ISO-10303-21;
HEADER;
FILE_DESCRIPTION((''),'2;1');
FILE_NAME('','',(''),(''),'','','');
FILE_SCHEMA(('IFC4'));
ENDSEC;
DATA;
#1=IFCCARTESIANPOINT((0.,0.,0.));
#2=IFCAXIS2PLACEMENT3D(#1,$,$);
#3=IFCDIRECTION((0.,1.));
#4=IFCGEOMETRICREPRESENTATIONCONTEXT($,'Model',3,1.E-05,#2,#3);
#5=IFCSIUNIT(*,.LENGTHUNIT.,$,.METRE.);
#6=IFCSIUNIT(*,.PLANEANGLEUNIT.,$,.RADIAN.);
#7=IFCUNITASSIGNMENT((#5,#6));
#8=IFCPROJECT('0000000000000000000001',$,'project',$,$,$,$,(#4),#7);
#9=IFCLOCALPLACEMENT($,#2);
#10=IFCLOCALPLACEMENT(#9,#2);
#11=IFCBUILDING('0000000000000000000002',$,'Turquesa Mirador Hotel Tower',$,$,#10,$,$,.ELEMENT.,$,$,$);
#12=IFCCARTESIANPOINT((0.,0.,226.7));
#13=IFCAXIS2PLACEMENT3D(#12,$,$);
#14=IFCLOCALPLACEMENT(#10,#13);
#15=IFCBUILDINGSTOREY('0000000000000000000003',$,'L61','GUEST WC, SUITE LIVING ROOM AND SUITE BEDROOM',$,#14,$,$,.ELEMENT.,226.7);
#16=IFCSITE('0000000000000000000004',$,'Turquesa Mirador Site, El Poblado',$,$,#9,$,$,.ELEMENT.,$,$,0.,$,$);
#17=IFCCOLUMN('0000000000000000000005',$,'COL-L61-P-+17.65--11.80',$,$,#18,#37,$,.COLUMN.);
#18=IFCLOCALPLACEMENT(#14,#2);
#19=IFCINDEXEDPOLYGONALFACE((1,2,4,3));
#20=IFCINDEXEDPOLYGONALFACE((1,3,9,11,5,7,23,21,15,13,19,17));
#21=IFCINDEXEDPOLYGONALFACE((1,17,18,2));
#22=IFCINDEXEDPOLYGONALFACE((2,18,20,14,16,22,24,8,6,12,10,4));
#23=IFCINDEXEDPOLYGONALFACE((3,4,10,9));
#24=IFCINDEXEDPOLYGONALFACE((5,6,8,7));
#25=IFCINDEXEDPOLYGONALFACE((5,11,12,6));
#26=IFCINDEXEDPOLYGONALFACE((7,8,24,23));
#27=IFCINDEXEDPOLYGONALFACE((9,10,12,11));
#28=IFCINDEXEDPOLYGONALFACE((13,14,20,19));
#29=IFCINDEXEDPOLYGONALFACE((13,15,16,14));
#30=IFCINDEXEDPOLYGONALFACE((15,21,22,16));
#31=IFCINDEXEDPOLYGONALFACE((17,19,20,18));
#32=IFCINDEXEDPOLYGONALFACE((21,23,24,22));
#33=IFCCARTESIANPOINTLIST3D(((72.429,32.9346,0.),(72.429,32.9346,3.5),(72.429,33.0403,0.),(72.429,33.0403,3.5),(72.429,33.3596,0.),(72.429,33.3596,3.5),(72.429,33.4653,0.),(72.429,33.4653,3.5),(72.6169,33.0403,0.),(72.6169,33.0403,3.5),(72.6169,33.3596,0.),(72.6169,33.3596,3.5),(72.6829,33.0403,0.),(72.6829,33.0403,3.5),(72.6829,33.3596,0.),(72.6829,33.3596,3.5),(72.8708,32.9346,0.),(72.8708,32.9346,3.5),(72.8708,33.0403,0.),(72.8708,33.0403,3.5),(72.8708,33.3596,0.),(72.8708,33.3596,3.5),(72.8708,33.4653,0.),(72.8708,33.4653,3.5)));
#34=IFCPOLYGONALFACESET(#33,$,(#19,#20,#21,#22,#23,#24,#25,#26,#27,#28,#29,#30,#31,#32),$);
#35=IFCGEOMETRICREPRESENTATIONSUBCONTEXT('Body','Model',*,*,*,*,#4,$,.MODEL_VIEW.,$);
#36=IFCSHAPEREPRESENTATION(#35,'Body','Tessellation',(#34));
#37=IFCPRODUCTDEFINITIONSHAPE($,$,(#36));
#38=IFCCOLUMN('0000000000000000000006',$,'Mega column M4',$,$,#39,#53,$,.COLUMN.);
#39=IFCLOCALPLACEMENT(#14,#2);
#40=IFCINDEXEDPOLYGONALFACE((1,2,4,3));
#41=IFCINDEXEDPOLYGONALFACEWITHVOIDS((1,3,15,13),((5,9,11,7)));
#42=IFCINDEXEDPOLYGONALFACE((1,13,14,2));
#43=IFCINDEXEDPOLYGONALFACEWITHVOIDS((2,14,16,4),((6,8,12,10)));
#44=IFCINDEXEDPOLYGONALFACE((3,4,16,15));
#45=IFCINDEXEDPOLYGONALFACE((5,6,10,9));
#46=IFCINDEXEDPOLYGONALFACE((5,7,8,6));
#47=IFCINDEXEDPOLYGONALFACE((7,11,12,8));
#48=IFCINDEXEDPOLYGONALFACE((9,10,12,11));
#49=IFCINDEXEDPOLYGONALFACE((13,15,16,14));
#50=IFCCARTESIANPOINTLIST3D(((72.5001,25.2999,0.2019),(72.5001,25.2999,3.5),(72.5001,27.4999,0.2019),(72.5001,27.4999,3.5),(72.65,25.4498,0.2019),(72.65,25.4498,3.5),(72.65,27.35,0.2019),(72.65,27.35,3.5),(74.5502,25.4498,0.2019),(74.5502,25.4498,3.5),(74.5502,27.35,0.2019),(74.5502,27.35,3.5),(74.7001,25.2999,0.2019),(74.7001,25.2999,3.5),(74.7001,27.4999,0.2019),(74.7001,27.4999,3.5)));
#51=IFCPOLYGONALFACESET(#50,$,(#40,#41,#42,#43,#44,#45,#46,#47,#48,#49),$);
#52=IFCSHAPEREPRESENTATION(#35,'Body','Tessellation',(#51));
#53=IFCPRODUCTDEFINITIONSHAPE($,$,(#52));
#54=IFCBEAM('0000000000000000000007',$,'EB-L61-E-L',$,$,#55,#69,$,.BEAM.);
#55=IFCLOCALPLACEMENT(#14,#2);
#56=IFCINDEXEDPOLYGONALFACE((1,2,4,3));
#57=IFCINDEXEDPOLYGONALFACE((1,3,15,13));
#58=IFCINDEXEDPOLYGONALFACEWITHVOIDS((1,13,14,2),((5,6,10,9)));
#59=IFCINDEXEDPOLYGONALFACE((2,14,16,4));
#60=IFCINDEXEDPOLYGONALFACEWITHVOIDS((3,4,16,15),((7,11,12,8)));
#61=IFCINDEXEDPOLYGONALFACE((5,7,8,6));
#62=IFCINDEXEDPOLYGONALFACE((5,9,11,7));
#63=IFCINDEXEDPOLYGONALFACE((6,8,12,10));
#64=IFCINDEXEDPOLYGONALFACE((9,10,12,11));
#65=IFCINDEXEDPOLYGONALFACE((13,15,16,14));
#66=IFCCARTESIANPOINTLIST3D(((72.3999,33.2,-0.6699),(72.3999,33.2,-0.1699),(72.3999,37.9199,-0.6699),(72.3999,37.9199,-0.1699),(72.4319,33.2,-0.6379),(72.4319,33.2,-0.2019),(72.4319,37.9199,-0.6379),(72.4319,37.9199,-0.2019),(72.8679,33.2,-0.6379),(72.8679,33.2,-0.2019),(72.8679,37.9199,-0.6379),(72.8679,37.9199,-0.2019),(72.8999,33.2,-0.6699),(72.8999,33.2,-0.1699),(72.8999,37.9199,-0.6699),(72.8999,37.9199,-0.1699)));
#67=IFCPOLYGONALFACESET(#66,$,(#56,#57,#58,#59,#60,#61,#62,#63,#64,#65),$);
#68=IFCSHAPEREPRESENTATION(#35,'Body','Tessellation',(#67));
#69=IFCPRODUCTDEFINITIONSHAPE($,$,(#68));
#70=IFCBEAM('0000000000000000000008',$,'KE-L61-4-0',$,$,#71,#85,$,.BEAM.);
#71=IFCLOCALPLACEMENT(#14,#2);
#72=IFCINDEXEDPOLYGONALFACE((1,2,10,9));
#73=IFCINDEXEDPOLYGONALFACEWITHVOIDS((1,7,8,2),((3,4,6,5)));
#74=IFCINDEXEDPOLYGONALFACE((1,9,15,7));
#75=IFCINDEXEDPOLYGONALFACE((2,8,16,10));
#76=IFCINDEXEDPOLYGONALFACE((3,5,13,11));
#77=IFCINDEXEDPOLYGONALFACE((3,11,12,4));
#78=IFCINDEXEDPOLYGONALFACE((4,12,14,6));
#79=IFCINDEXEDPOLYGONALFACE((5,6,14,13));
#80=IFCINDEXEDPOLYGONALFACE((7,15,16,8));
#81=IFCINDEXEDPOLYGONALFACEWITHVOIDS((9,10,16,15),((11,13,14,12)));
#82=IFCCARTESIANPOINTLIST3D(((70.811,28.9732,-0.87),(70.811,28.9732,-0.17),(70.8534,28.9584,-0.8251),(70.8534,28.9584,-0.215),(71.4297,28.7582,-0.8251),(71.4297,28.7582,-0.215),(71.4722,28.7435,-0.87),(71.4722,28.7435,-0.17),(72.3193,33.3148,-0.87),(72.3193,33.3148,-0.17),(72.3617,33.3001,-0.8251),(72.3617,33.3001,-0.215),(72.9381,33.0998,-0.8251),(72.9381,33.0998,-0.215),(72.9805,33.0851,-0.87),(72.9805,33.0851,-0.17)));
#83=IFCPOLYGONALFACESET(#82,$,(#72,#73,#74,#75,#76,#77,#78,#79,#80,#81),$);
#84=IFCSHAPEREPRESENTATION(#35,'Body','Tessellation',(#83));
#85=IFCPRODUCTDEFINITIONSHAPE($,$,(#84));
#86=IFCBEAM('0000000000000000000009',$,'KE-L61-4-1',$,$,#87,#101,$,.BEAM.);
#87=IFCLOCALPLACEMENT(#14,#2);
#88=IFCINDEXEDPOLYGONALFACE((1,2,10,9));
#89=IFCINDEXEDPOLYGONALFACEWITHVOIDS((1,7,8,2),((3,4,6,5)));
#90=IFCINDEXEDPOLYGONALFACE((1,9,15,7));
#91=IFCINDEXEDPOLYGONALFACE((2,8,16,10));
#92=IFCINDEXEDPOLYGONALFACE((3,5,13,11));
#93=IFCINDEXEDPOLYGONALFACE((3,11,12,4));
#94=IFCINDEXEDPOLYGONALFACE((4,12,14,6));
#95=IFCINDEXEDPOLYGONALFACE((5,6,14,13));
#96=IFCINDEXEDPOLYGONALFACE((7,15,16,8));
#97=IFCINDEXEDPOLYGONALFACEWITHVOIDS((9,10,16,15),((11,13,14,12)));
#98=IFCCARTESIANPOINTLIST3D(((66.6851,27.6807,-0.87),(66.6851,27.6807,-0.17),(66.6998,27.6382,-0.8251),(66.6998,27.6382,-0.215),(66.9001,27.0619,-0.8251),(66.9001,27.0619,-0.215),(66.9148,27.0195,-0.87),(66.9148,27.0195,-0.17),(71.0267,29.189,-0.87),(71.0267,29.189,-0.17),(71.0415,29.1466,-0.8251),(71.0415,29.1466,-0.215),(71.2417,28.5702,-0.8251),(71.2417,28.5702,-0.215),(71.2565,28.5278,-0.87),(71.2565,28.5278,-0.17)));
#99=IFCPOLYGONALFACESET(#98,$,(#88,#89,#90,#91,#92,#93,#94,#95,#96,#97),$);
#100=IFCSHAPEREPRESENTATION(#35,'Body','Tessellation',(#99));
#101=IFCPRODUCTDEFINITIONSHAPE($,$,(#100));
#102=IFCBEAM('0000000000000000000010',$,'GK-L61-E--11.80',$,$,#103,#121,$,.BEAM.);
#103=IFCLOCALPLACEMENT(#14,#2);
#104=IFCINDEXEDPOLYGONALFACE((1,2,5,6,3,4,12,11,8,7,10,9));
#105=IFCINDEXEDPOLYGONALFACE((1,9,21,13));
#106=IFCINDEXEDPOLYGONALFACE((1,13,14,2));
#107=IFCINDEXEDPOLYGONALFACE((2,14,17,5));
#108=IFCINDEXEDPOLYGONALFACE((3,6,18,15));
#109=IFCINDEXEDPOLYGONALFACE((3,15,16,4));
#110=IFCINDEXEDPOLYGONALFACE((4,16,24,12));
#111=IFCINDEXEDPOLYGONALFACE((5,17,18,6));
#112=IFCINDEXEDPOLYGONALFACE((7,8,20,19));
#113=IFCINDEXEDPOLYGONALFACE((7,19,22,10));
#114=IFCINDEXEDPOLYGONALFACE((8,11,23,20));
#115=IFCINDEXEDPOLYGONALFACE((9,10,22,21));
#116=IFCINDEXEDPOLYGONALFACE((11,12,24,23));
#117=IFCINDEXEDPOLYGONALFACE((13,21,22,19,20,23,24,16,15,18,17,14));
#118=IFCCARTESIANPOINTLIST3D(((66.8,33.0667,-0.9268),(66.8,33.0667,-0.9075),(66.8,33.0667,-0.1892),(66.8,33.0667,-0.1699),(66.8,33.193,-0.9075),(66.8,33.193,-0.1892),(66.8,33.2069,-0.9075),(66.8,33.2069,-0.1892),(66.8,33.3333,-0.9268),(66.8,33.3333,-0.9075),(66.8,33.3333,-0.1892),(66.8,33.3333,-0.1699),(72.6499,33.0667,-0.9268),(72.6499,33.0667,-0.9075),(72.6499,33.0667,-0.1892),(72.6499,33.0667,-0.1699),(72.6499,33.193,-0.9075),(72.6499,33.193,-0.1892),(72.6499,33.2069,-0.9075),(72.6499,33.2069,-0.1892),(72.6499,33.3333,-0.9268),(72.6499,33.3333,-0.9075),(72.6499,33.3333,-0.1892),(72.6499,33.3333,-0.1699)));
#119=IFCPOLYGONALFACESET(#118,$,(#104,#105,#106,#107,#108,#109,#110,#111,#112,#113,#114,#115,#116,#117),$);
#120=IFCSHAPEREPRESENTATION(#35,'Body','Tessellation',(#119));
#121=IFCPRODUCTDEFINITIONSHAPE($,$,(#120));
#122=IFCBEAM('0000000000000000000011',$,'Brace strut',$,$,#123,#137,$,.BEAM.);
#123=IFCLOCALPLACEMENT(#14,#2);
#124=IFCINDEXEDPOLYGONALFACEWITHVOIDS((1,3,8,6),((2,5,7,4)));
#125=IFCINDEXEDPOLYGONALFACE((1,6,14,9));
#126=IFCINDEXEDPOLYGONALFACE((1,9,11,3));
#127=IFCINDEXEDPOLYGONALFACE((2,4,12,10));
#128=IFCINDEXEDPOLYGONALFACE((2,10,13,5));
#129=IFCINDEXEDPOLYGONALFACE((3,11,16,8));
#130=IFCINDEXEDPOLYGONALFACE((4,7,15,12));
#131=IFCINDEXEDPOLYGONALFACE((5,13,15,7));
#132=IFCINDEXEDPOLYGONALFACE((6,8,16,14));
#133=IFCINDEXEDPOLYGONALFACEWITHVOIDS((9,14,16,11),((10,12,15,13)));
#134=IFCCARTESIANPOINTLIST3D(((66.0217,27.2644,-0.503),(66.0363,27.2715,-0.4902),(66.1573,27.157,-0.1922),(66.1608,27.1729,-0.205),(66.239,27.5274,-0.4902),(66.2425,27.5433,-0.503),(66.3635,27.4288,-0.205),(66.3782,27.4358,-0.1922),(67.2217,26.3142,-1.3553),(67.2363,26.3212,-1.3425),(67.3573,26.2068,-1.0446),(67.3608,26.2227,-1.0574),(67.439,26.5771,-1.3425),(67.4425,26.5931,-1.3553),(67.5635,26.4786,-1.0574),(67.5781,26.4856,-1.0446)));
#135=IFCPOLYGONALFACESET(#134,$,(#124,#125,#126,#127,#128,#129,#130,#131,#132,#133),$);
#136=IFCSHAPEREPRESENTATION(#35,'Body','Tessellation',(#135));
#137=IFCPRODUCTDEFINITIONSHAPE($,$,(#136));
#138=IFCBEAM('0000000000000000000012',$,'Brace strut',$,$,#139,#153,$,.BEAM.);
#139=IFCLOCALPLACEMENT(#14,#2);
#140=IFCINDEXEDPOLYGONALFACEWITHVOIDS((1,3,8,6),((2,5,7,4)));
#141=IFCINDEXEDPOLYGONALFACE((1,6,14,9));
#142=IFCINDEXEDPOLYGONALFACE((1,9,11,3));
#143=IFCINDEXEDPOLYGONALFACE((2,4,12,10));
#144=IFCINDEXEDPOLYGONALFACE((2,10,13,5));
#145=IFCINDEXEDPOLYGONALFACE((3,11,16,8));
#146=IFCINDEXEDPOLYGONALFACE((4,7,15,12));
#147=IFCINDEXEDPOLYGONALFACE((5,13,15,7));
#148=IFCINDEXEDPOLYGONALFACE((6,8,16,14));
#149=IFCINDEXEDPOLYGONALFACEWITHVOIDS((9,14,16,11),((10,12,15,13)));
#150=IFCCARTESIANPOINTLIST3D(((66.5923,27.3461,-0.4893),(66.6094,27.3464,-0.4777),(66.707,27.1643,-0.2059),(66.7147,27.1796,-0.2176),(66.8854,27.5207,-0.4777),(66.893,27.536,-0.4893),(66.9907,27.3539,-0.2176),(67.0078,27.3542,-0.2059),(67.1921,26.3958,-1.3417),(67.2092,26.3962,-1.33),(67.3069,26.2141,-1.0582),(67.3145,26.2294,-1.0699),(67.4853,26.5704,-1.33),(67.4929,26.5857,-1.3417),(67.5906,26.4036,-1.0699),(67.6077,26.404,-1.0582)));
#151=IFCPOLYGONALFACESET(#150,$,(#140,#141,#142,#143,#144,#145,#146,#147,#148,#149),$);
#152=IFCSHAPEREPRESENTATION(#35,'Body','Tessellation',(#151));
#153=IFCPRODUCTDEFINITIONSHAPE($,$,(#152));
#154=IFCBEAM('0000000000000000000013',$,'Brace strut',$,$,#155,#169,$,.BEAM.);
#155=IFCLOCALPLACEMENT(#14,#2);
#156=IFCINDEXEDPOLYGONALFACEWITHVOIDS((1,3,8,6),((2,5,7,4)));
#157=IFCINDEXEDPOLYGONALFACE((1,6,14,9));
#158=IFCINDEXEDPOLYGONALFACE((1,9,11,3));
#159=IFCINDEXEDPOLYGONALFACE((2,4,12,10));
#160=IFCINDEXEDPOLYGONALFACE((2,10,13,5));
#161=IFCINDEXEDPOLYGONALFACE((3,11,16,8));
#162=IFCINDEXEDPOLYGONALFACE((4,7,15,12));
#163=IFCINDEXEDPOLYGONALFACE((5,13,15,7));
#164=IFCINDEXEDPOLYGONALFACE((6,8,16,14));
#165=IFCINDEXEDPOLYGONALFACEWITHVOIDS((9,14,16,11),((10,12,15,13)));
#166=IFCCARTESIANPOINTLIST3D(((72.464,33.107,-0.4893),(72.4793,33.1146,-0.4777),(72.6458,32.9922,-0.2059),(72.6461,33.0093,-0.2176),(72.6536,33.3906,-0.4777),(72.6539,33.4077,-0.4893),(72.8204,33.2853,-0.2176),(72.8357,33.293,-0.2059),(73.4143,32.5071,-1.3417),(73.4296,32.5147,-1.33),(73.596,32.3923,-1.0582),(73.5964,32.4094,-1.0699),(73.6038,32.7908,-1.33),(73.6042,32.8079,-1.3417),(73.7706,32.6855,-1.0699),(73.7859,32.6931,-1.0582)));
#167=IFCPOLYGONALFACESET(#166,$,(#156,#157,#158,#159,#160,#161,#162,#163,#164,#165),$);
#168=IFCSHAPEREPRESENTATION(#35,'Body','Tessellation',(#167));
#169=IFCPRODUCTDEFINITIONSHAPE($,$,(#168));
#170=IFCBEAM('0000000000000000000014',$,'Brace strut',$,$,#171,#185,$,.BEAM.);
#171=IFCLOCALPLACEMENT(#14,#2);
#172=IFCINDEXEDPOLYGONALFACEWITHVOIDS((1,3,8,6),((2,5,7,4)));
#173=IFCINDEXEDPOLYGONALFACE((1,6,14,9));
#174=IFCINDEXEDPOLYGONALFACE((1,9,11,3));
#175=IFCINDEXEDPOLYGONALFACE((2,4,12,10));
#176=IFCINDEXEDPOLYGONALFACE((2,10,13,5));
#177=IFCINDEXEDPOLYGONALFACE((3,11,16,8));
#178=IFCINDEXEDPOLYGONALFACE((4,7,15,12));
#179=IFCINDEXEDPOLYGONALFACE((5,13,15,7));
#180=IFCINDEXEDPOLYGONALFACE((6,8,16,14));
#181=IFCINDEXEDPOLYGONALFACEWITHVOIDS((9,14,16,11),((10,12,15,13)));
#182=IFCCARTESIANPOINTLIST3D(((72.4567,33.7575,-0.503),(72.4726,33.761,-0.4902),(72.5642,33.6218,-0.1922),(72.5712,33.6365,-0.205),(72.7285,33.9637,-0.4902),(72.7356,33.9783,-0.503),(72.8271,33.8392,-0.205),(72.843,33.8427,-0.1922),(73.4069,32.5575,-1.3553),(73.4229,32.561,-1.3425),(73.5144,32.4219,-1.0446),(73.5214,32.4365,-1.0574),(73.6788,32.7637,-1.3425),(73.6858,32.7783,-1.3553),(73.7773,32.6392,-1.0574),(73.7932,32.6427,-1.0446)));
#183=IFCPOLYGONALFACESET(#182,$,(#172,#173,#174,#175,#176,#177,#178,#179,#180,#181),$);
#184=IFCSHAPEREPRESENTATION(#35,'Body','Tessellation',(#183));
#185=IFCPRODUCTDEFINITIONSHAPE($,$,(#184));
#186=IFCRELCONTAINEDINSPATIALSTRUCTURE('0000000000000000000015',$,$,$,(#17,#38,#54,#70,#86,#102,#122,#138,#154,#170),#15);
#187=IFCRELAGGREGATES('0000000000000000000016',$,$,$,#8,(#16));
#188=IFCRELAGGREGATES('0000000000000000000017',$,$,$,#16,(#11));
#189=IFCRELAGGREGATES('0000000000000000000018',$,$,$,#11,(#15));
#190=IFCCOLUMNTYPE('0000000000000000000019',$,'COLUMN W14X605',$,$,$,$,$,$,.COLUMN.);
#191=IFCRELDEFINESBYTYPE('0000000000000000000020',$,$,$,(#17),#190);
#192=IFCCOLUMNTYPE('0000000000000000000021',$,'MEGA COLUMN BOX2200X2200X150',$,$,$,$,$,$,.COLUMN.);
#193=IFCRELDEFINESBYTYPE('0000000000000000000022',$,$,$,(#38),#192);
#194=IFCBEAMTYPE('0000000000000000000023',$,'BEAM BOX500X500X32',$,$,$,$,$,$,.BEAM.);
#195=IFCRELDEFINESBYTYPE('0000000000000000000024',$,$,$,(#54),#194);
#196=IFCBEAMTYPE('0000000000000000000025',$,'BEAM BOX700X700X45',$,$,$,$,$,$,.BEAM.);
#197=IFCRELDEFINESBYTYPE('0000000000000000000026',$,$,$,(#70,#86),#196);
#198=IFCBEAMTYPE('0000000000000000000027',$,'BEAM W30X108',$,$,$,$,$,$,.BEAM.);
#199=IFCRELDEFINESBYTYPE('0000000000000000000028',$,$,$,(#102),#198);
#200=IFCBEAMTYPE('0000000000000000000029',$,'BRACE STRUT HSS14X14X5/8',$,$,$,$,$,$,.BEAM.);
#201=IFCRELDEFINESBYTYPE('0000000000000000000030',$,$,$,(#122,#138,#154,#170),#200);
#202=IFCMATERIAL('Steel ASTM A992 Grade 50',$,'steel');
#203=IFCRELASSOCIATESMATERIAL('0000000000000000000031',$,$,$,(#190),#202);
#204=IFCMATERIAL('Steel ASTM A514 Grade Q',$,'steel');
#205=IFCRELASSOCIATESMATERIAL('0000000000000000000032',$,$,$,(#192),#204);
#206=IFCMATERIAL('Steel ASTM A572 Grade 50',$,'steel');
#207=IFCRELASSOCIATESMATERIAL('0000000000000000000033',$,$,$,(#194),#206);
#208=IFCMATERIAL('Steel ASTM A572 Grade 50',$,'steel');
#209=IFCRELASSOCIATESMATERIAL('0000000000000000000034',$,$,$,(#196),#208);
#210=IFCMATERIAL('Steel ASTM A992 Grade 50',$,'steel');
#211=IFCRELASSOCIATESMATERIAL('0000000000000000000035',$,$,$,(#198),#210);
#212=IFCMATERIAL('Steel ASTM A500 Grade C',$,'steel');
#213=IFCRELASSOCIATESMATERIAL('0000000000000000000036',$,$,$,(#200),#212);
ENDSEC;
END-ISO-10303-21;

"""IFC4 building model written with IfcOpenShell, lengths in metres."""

from ifc_helpers import new_model, si_unit, direction, frame, origin, origin_2d, place, context, subcontext, project, spatial, hollow_rectangle, i_section, extrude, clip, halfspace, material, material_profile, profile_set, type_object, element, save


model = new_model("IFC4")

# Units and contexts
model_context = context("Model", 3, precision=1e-05, world=origin(), true_north=direction((0.0, 1.0)))
body_context = subcontext(model_context, "Body", "Model", "MODEL_VIEW")
ifc_project = project(units=[si_unit("LENGTHUNIT", "METRE"), si_unit("PLANEANGLEUNIT", "RADIAN")], contexts=[model_context])

# Site, building, storey
site_placement = place(None, origin())
site = spatial("IfcSite", under=ifc_project, at=site_placement, Name="Turquesa Mirador Site, El Poblado", CompositionType="ELEMENT", RefElevation=0.0)
building_placement = place(site_placement, origin())
building = spatial("IfcBuilding", under=site, at=building_placement, Name="Turquesa Mirador Hotel Tower", CompositionType="ELEMENT")
storey_placement = place(building_placement, frame((0.0, 0.0, 226.7)))
storey = spatial("IfcBuildingStorey", under=building, at=storey_placement, Name="L61", Description="GUEST WC, SUITE LIVING ROOM AND SUITE BEDROOM", CompositionType="ELEMENT", Elevation=226.7)

# Columns
ifc_material_1 = material(Name="Steel ASTM A992 Grade 50", Category="steel")
ifc_material_profile_1 = material_profile(ifc_material_1, i_section(OverallWidth=0.4419, OverallDepth=0.5308, WebThickness=0.0659, FlangeThickness=0.1057, at=origin_2d()), Name="W14X605")
ifc_profile_set_1 = profile_set([ifc_material_profile_1], Name="Steel ASTM A992 Grade 50")
column_type_1 = type_object("IfcColumnType", Name="COLUMN W14X605", PredefinedType="COLUMN", material=ifc_profile_set_1)
column_1_placement = place(storey_placement, frame((72.6499, 33.2, 0.0), z_axis=(0.0, 0.0, 1.0), x_axis=(1.0, 0.0, 0.0)))
element("IfcColumn", 1, at=column_1_placement, inside=storey, type_object=column_type_1, Name="COL-L61-P-+17.65--11.80", PredefinedType="COLUMN", context=body_context, shape_type="SweptSolid", body=[
    extrude(i_section(OverallWidth=0.4419, OverallDepth=0.5308, WebThickness=0.0659, FlangeThickness=0.1057, at=origin_2d()), origin(), (0.0, 0.0, 1.0), 3.5),
])
ifc_material_2 = material(Name="Steel ASTM A514 Grade Q", Category="steel")
ifc_material_profile_2 = material_profile(ifc_material_2, hollow_rectangle(XDim=2.2, YDim=2.2, WallThickness=0.1499, at=origin_2d()), Name="BOX2200X2200X150")
ifc_profile_set_2 = profile_set([ifc_material_profile_2], Name="Steel ASTM A514 Grade Q")
column_type_2 = type_object("IfcColumnType", Name="MEGA COLUMN BOX2200X2200X150", PredefinedType="COLUMN", material=ifc_profile_set_2)
column_2_placement = place(storey_placement, frame((73.6001, 26.3999, 0.0), z_axis=(0.0, 0.0, 1.0), x_axis=(1.0, 0.0, 0.0)))
element("IfcColumn", 2, at=column_2_placement, inside=storey, type_object=column_type_2, Name="Mega column M4", PredefinedType="COLUMN", context=body_context, shape_type="Clipping", body=[
    clip(extrude(hollow_rectangle(XDim=2.2, YDim=2.2, WallThickness=0.1499, at=origin_2d()), origin(), (0.0, 0.0, 1.0), 3.5), halfspace(frame((0.0, 0.0, 0.2019), z_axis=(0.0, 0.0, -1.0), x_axis=(1.0, 0.0, 0.0)), False)),
])

# Beams
ifc_material_3 = material(Name="Steel ASTM A572 Grade 50", Category="steel")
ifc_material_profile_3 = material_profile(ifc_material_3, hollow_rectangle(XDim=0.5, YDim=0.5, WallThickness=0.032, at=origin_2d()), Name="BOX500X500X32")
ifc_profile_set_3 = profile_set([ifc_material_profile_3], Name="Steel ASTM A572 Grade 50")
beam_type_1 = type_object("IfcBeamType", Name="BEAM BOX500X500X32", PredefinedType="BEAM", material=ifc_profile_set_3)
beam_1_placement = place(storey_placement, frame((72.6499, 33.2, -0.4199), z_axis=(0.0, 1.0, 0.0), x_axis=(-1.0, 0.0, 0.0)))
element("IfcBeam", 3, at=beam_1_placement, inside=storey, type_object=beam_type_1, Name="EB-L61-E-L", PredefinedType="BEAM", context=body_context, shape_type="SweptSolid", body=[
    extrude(hollow_rectangle(XDim=0.5, YDim=0.5, WallThickness=0.032, at=origin_2d()), origin(), (0.0, 0.0, 1.0), 4.72),
])
ifc_material_4 = material(Name="Steel ASTM A572 Grade 50", Category="steel")
ifc_material_profile_4 = material_profile(ifc_material_4, hollow_rectangle(XDim=0.7, YDim=0.7, WallThickness=0.0449, at=origin_2d()), Name="BOX700X700X45")
ifc_profile_set_4 = profile_set([ifc_material_profile_4], Name="Steel ASTM A572 Grade 50")
beam_type_2 = type_object("IfcBeamType", Name="BEAM BOX700X700X45", PredefinedType="BEAM", material=ifc_profile_set_4)
for number, where, z_axis, x_axis, name in (
    (4, (72.6499, 33.2, -0.52), (-0.32817, -0.944619, 0.0), (0.944619, -0.32817, 0.0), "KE-L61-4-0"),
    (5, (71.1416, 28.8584, -0.52), (-0.944619, -0.32817, 0.0), (0.32817, -0.944619, 0.0), "KE-L61-4-1"),
):
    element("IfcBeam", number, at=place(storey_placement, frame(where, z_axis=z_axis, x_axis=x_axis)), inside=storey, type_object=beam_type_2, Name=name, PredefinedType="BEAM", context=body_context, shape_type="SweptSolid", body=[
        extrude(hollow_rectangle(XDim=0.7, YDim=0.7, WallThickness=0.0449, at=origin_2d()), origin(), (0.0, 0.0, 1.0), 4.5962),
    ])
ifc_material_5 = material(Name="Steel ASTM A992 Grade 50", Category="steel")
ifc_material_profile_5 = material_profile(ifc_material_5, i_section(OverallWidth=0.2666, OverallDepth=0.7568, WebThickness=0.0139, FlangeThickness=0.0193, at=origin_2d()), Name="W30X108")
ifc_profile_set_5 = profile_set([ifc_material_profile_5], Name="Steel ASTM A992 Grade 50")
beam_type_3 = type_object("IfcBeamType", Name="BEAM W30X108", PredefinedType="BEAM", material=ifc_profile_set_5)
beam_2_placement = place(storey_placement, frame((72.6499, 33.2, -0.5483), z_axis=(-1.0, 0.0, 0.0), x_axis=(0.0, -1.0, 0.0)))
element("IfcBeam", 6, at=beam_2_placement, inside=storey, type_object=beam_type_3, Name="GK-L61-E--11.80", PredefinedType="BEAM", context=body_context, shape_type="SweptSolid", body=[
    extrude(i_section(OverallWidth=0.2666, OverallDepth=0.7568, WebThickness=0.0139, FlangeThickness=0.0193, at=origin_2d()), origin(), (0.0, 0.0, 1.0), 5.8499),
])
ifc_material_6 = material(Name="Steel ASTM A500 Grade C", Category="steel")
ifc_material_profile_6 = material_profile(ifc_material_6, hollow_rectangle(XDim=0.3557, YDim=0.3557, WallThickness=0.0146, at=origin_2d()), Name="HSS14X14X5/8")
ifc_profile_set_6 = profile_set([ifc_material_profile_6], Name="Steel ASTM A500 Grade C")
beam_type_4 = type_object("IfcBeamType", Name="BRACE STRUT HSS14X14X5/8", PredefinedType="BEAM", material=ifc_profile_set_6)
beam_3_placement = place(storey_placement, frame((67.3999, 26.3999, -1.2), z_axis=(-0.684942, 0.542379, 0.486497), x_axis=(-0.620797, -0.783971, 0.0)))
element("IfcBeam", 7, at=beam_3_placement, inside=storey, type_object=beam_type_4, Name="Brace strut", PredefinedType="BEAM", context=body_context, shape_type="SweptSolid", body=[
    extrude(hollow_rectangle(XDim=0.3557, YDim=0.3557, WallThickness=0.0146, at=origin_2d()), origin(), (0.0, 0.0, 1.0), 1.752),
])
for number, where, z_axis, x_axis, name in (
    (8, (67.3999, 26.3999, -1.2), (-0.425321, 0.673728, 0.604312), (-0.845597, -0.533821, 0.0), "Brace strut"),
    (9, (73.6001, 32.6001, -1.2), (-0.673728, 0.425321, 0.604312), (-0.533821, -0.845597, 0.0), "Brace strut"),
):
    element("IfcBeam", number, at=place(storey_placement, frame(where, z_axis=z_axis, x_axis=x_axis)), inside=storey, type_object=beam_type_4, Name=name, PredefinedType="BEAM", context=body_context, shape_type="SweptSolid", body=[
        extrude(hollow_rectangle(XDim=0.3557, YDim=0.3557, WallThickness=0.0146, at=origin_2d()), origin(), (0.0, 0.0, 1.0), 1.4104),
    ])
beam_4_placement = place(storey_placement, frame((73.6001, 32.6001, -1.2), z_axis=(-0.542379, 0.684942, 0.486497), x_axis=(-0.783971, -0.620797, 0.0)))
element("IfcBeam", 10, at=beam_4_placement, inside=storey, type_object=beam_type_4, Name="Brace strut", PredefinedType="BEAM", context=body_context, shape_type="SweptSolid", body=[
    extrude(hollow_rectangle(XDim=0.3557, YDim=0.3557, WallThickness=0.0146, at=origin_2d()), origin(), (0.0, 0.0, 1.0), 1.752),
])

save(model, "model.ifc")
